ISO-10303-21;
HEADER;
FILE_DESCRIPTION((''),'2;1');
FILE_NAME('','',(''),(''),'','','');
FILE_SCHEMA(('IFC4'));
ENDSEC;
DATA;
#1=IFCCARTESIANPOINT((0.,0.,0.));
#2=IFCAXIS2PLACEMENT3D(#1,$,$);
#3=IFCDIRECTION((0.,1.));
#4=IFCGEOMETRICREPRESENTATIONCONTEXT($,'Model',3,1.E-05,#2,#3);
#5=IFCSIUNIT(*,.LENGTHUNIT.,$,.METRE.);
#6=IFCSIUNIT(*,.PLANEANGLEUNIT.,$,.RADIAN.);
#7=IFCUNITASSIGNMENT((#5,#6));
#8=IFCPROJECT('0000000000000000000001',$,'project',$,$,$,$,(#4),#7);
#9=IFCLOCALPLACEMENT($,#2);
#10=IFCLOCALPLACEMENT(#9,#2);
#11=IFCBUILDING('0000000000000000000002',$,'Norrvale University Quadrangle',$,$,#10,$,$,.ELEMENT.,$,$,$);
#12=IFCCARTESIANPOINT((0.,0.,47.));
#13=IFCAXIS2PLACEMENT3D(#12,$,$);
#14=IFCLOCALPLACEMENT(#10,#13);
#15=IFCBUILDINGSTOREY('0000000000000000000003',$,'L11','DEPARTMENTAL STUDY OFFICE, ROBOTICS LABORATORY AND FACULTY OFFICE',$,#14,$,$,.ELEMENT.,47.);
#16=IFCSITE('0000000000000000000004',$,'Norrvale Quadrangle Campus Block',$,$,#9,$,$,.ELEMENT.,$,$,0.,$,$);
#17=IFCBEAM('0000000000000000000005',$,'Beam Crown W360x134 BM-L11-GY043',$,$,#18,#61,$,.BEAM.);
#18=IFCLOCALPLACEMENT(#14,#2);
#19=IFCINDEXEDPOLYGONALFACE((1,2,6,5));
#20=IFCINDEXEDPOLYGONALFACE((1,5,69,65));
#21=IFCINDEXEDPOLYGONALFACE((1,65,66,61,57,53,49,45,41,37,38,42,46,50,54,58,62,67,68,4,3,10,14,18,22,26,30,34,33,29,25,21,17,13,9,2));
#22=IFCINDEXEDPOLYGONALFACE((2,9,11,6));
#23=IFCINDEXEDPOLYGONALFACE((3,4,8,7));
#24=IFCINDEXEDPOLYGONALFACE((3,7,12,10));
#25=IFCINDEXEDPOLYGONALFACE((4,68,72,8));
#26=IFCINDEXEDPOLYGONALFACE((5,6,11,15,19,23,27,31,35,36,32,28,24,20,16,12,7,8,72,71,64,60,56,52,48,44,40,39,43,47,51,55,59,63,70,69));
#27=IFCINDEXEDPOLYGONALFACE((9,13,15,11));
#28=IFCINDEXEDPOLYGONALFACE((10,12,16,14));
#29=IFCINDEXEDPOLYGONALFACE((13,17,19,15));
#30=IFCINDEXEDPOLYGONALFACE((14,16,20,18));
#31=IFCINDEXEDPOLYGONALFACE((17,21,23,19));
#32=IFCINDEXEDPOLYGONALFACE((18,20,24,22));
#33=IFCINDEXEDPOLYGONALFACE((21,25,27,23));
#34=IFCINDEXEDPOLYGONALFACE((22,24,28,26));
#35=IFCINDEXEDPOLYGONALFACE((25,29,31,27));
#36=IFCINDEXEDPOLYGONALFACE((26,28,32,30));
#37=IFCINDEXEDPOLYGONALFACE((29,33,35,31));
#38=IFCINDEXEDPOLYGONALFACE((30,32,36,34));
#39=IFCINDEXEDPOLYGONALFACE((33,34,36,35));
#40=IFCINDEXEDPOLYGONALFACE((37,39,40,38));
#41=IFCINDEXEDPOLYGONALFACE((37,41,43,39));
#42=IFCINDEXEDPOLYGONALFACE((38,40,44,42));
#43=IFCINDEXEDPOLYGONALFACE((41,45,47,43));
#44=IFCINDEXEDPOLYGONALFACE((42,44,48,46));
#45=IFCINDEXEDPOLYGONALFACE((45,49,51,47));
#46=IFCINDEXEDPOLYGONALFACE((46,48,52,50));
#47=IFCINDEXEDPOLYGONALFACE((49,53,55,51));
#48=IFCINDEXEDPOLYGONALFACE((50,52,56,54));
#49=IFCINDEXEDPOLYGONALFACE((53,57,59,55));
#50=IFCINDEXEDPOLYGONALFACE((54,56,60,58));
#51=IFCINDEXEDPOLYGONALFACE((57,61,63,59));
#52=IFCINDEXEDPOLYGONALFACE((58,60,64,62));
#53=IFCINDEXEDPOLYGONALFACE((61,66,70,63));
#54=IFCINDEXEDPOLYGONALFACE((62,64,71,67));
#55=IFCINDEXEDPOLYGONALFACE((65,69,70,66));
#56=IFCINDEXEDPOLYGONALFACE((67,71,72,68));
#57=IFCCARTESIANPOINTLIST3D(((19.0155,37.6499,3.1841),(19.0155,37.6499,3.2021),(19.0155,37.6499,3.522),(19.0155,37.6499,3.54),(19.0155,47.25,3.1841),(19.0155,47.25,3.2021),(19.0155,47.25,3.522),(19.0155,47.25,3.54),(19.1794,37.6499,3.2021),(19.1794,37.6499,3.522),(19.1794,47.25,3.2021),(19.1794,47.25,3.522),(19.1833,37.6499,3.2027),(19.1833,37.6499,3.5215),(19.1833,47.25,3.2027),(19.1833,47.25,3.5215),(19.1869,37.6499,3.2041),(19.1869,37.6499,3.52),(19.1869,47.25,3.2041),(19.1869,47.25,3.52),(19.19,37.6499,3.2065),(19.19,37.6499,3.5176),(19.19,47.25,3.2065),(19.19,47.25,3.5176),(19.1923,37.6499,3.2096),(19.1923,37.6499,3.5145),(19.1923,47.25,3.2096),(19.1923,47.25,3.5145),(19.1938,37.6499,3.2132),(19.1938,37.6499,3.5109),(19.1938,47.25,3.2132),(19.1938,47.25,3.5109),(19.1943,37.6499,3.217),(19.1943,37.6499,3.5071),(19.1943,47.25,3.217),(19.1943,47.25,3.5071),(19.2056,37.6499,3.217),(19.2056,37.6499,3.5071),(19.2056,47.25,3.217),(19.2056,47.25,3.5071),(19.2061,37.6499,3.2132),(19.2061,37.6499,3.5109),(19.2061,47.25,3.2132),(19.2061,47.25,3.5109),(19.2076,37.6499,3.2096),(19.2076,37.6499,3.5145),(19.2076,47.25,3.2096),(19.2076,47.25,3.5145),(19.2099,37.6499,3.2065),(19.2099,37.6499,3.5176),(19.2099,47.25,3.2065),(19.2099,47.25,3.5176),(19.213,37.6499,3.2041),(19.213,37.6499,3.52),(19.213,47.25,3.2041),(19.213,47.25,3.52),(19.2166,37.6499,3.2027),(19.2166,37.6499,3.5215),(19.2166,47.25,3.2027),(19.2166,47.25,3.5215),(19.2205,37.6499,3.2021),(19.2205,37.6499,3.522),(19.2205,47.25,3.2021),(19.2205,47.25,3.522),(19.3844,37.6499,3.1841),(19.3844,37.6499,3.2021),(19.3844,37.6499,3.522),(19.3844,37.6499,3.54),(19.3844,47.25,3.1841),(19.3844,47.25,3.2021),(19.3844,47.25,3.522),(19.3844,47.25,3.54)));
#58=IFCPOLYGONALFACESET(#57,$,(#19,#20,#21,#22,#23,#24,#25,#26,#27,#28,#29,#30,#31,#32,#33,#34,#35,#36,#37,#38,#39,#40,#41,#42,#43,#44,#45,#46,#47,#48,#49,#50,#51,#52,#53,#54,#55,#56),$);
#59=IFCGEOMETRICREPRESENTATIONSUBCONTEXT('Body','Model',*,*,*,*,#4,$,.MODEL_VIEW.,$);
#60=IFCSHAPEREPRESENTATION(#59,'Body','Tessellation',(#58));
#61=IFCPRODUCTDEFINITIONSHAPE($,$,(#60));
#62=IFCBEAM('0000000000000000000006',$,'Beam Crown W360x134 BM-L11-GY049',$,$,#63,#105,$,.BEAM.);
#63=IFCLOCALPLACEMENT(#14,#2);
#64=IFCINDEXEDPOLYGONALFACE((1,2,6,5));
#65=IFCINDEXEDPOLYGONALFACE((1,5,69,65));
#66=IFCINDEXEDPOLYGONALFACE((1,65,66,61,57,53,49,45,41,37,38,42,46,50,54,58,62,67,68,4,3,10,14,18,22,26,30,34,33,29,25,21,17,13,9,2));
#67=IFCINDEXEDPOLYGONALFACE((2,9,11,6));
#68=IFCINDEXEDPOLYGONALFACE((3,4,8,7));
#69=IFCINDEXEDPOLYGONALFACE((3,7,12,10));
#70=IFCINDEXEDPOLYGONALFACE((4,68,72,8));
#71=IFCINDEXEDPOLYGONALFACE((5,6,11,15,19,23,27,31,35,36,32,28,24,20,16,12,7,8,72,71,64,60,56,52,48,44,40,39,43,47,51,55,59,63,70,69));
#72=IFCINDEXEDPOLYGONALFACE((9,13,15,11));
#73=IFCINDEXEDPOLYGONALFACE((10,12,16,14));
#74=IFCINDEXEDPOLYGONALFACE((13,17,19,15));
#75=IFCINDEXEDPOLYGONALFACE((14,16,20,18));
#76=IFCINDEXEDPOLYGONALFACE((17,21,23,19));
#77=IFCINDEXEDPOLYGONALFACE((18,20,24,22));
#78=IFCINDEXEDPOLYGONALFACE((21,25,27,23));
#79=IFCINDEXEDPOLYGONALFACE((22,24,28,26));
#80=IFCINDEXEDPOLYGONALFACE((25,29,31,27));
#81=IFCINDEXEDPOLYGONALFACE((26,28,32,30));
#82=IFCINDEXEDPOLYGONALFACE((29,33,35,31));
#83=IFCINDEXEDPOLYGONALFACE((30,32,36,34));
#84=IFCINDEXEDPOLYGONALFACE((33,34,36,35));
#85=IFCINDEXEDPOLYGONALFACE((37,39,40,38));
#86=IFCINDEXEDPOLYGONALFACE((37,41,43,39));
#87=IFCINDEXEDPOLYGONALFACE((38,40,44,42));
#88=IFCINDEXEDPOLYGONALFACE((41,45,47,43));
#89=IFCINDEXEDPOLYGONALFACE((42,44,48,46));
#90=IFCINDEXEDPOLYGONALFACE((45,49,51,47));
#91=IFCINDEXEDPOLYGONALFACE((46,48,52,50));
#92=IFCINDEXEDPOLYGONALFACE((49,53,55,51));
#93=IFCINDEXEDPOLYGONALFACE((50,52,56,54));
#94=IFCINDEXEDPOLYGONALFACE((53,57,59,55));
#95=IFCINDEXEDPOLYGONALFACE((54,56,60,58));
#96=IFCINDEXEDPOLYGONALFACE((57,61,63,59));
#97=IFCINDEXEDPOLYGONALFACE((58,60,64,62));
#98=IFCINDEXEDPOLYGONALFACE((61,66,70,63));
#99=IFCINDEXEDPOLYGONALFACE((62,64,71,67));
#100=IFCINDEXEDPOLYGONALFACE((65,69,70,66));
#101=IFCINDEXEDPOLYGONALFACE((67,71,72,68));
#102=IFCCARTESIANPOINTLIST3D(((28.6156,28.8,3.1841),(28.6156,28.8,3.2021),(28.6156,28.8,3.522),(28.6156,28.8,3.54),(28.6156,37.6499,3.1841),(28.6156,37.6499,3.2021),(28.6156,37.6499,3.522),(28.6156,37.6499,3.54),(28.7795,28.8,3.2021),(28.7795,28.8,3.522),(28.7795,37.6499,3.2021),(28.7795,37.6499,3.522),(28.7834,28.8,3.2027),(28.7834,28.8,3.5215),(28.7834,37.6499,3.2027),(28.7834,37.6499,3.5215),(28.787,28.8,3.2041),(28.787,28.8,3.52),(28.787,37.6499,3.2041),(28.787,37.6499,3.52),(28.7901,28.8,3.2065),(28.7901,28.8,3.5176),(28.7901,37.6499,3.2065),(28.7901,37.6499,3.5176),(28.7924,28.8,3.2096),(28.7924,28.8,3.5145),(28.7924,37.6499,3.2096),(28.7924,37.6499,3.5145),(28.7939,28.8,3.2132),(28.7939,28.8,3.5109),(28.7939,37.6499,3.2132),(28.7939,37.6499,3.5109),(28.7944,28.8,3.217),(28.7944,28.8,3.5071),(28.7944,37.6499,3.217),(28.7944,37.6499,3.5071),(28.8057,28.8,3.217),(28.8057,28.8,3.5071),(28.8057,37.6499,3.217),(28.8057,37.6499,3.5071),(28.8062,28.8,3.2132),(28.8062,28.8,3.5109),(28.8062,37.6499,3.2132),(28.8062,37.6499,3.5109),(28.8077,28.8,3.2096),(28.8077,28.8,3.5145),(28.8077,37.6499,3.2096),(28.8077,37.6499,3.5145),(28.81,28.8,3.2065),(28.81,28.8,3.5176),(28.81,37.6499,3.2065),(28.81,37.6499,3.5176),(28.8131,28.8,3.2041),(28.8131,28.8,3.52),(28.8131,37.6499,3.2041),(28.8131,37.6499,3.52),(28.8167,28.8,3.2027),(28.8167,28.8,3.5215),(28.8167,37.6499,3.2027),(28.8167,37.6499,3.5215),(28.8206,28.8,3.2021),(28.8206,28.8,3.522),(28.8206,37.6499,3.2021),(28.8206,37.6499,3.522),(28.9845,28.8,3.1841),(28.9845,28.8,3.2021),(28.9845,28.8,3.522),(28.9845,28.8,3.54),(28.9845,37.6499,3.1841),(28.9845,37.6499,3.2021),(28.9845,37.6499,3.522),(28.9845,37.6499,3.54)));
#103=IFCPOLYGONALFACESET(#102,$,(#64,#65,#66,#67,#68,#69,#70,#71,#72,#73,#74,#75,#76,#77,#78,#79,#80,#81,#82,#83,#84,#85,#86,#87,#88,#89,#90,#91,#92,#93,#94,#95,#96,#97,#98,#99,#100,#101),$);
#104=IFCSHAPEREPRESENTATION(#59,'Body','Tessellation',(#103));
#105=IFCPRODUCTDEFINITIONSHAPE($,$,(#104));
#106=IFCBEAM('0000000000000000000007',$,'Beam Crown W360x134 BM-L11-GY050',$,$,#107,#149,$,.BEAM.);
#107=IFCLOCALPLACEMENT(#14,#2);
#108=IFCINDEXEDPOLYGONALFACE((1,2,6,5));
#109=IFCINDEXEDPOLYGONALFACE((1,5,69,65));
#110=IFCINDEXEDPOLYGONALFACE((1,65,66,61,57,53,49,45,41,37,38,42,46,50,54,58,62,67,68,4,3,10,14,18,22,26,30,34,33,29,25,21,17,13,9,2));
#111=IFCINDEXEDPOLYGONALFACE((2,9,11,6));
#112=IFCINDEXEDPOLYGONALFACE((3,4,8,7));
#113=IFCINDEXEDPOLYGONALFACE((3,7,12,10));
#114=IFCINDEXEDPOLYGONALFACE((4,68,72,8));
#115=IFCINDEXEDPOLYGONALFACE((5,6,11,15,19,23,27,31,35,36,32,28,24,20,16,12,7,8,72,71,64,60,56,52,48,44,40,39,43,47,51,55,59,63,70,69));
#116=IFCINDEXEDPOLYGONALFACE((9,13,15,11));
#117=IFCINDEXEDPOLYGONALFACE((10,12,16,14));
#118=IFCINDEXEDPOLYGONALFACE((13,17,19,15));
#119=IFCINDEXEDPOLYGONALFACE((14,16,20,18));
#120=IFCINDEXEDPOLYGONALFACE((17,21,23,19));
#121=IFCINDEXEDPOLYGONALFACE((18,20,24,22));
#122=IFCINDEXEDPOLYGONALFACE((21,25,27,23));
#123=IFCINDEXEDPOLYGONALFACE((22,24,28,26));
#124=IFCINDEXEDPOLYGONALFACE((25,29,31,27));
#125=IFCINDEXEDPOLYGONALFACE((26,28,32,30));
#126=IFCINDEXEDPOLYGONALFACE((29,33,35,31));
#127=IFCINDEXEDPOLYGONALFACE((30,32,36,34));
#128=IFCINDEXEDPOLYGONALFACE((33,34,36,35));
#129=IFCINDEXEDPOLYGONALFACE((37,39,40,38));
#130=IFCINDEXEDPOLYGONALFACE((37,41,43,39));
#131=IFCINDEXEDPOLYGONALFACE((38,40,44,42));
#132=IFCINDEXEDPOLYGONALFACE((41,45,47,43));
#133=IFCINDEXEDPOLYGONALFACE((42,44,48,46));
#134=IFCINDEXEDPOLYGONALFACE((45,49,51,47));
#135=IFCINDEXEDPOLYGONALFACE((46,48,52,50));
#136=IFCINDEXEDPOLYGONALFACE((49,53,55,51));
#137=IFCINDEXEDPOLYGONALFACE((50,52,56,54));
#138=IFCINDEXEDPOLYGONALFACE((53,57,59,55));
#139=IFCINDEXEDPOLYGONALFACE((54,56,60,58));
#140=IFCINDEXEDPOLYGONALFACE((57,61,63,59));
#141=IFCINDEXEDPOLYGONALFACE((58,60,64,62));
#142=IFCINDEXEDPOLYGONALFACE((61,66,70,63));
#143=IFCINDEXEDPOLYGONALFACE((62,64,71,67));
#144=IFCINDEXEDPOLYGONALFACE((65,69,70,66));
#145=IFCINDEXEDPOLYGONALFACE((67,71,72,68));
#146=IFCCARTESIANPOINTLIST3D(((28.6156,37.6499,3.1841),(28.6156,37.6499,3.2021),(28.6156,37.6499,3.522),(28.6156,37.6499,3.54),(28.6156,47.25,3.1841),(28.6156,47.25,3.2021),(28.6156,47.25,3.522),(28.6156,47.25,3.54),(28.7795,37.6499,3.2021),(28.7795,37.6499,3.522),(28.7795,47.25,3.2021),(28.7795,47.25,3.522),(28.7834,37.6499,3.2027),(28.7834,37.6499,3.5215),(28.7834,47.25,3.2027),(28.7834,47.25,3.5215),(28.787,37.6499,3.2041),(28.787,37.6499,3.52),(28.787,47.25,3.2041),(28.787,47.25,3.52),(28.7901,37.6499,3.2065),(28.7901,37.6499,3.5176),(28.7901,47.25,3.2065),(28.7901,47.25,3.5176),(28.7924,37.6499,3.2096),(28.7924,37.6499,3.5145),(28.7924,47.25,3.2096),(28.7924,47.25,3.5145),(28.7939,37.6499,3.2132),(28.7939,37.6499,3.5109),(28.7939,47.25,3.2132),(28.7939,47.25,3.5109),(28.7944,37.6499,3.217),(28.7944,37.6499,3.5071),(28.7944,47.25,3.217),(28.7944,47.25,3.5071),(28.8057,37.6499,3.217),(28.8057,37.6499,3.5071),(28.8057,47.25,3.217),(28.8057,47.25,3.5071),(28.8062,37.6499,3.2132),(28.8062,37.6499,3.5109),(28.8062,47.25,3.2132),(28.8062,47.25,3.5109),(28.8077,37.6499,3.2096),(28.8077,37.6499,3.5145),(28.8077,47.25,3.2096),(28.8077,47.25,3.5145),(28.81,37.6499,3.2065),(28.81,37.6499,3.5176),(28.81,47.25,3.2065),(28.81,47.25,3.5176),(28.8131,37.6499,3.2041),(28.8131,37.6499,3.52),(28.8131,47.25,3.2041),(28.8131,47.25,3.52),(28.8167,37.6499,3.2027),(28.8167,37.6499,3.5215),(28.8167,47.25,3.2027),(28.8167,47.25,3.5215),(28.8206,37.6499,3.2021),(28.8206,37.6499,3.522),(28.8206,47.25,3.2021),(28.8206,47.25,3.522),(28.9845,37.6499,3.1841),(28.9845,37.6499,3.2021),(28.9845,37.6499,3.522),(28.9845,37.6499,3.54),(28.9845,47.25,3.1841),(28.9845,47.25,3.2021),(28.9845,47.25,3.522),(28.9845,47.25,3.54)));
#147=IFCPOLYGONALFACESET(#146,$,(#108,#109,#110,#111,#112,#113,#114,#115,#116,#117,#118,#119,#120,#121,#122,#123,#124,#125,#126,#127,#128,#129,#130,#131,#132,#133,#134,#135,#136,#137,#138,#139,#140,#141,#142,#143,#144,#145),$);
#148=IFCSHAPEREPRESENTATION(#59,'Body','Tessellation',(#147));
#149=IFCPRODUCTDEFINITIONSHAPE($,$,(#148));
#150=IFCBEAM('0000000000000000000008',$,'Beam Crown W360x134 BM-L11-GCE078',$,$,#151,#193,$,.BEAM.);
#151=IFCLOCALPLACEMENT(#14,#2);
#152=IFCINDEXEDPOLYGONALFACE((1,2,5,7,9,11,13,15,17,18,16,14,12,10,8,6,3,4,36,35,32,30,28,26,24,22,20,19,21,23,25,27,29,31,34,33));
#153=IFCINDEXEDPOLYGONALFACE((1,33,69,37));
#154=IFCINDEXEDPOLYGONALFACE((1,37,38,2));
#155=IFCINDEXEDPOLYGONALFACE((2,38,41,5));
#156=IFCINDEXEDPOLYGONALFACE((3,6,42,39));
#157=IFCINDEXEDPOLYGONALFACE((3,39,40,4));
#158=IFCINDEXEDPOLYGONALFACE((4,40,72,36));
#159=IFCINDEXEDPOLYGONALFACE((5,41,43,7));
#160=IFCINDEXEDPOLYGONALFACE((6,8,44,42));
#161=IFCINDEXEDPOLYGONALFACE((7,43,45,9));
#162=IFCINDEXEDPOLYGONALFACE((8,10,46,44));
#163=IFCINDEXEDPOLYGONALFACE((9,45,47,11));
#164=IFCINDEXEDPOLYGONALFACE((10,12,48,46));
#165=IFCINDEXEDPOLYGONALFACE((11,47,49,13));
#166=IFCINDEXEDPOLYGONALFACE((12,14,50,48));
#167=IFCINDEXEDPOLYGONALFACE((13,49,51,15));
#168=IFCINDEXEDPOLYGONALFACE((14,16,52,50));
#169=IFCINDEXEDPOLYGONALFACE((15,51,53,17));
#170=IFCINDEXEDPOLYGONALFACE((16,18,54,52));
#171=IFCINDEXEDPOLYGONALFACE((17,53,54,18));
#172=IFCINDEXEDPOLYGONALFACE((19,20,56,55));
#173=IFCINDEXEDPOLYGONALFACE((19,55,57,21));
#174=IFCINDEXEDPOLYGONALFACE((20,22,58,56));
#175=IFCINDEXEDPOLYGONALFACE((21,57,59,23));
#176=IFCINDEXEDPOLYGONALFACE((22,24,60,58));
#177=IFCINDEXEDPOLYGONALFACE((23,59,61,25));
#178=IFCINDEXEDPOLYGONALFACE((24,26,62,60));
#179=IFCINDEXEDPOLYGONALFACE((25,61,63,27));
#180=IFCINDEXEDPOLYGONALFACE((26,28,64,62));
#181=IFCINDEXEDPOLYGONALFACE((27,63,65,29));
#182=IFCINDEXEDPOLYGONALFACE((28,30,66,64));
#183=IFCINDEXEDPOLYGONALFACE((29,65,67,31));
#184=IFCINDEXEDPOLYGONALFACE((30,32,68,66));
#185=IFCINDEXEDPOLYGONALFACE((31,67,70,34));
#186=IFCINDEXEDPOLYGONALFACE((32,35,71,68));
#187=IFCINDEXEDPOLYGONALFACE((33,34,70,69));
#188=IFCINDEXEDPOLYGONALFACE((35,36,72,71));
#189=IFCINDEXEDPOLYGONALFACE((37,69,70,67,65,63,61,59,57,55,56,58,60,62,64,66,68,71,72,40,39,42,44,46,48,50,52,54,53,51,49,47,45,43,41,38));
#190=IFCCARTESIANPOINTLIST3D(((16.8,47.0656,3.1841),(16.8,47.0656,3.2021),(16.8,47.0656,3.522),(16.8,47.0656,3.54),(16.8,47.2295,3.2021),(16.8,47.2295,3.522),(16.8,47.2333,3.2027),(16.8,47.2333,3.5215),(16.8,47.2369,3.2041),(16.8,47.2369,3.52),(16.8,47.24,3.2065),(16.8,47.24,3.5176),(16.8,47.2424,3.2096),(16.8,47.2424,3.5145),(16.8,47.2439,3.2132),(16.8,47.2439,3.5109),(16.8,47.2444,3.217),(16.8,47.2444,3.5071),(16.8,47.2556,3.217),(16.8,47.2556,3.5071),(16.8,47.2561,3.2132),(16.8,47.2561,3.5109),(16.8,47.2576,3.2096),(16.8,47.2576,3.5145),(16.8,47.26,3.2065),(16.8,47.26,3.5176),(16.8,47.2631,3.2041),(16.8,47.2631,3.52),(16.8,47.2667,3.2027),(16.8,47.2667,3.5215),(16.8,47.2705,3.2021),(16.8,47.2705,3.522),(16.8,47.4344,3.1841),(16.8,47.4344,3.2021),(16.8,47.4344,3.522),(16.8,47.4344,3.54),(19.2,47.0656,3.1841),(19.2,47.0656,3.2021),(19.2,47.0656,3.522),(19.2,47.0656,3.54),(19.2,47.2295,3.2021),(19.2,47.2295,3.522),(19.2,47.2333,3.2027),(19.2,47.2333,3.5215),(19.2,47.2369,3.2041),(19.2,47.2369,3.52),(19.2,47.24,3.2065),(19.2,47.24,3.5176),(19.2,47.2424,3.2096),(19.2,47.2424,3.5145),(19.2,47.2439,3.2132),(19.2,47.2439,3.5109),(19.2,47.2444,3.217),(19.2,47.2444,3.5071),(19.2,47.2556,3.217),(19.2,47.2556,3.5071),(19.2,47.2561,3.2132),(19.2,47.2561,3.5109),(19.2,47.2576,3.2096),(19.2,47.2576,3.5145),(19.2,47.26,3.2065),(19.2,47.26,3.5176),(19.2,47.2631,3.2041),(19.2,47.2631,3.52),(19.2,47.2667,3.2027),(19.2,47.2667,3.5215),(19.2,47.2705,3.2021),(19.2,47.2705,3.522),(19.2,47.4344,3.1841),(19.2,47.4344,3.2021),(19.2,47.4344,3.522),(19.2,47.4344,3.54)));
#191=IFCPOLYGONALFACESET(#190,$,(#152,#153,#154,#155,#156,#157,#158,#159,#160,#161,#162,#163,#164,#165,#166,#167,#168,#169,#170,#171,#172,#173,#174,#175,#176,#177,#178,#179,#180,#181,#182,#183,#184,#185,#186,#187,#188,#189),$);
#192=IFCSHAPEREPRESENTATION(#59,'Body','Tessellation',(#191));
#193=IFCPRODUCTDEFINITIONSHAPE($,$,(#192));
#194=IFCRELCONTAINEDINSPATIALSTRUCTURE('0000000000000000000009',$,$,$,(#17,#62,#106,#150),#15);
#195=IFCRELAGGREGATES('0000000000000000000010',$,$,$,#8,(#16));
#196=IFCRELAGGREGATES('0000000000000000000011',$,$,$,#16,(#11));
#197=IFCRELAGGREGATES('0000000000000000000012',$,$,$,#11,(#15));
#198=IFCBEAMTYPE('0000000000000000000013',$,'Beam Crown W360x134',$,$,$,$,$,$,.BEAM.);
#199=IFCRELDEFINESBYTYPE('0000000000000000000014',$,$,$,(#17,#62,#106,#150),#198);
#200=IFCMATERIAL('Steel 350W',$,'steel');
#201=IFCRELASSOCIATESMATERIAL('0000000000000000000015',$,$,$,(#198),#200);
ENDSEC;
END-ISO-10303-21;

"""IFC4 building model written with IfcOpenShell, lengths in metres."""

from ifc_helpers import new_model, si_unit, direction, frame, origin, origin_2d, place, context, subcontext, project, spatial, i_section, extrude, material, material_profile, profile_set, type_object, element, save


model = new_model("IFC4")

# Units and contexts
model_context = context("Model", 3, precision=1e-05, world=origin(), true_north=direction((0.0, 1.0)))
body_context = subcontext(model_context, "Body", "Model", "MODEL_VIEW")
ifc_project = project(units=[si_unit("LENGTHUNIT", "METRE"), si_unit("PLANEANGLEUNIT", "RADIAN")], contexts=[model_context])

# Site, building, storey
site_placement = place(None, origin())
site = spatial("IfcSite", under=ifc_project, at=site_placement, Name="Norrvale Quadrangle Campus Block", CompositionType="ELEMENT", RefElevation=0.0)
building_placement = place(site_placement, origin())
building = spatial("IfcBuilding", under=site, at=building_placement, Name="Norrvale University Quadrangle", CompositionType="ELEMENT")
storey_placement = place(building_placement, frame((0.0, 0.0, 47.0)))
storey = spatial("IfcBuildingStorey", under=building, at=storey_placement, Name="L11", Description="DEPARTMENTAL STUDY OFFICE, ROBOTICS LABORATORY AND FACULTY OFFICE", CompositionType="ELEMENT", Elevation=47.0)

# Beams
ifc_material_1 = material(Name="Steel 350W", Category="steel")
ifc_material_profile_1 = material_profile(ifc_material_1, i_section(OverallWidth=0.3689, OverallDepth=0.356, WebThickness=0.0112, FlangeThickness=0.0181, FilletRadius=0.0149, at=origin_2d()), Name="Steel 350W")
ifc_profile_set_1 = profile_set([ifc_material_profile_1], Name="Steel 350W")
beam_type_1 = type_object("IfcBeamType", Name="Beam Crown W360x134", PredefinedType="BEAM", material=ifc_profile_set_1)
beam_1_placement = place(storey_placement, frame((19.2, 37.6499, 3.3621), z_axis=(0.0, 1.0, 0.0), x_axis=(-1.0, 0.0, 0.0)))
element("IfcBeam", 1, at=beam_1_placement, inside=storey, type_object=beam_type_1, Name="Beam Crown W360x134 BM-L11-GY043", PredefinedType="BEAM", context=body_context, shape_type="SweptSolid", body=[
    extrude(i_section(OverallWidth=0.3689, OverallDepth=0.356, WebThickness=0.0112, FlangeThickness=0.0181, FilletRadius=0.0149, at=origin_2d()), origin(), (0.0, 0.0, 1.0), 9.6001),
])
beam_2_placement = place(storey_placement, frame((28.8, 28.8, 3.3621), z_axis=(0.0, 1.0, 0.0), x_axis=(-1.0, 0.0, 0.0)))
element("IfcBeam", 2, at=beam_2_placement, inside=storey, type_object=beam_type_1, Name="Beam Crown W360x134 BM-L11-GY049", PredefinedType="BEAM", context=body_context, shape_type="SweptSolid", body=[
    extrude(i_section(OverallWidth=0.3689, OverallDepth=0.356, WebThickness=0.0112, FlangeThickness=0.0181, FilletRadius=0.0149, at=origin_2d()), origin(), (0.0, 0.0, 1.0), 8.8499),
])
beam_3_placement = place(storey_placement, frame((28.8, 37.6499, 3.3621), z_axis=(0.0, 1.0, 0.0), x_axis=(-1.0, 0.0, 0.0)))
element("IfcBeam", 3, at=beam_3_placement, inside=storey, type_object=beam_type_1, Name="Beam Crown W360x134 BM-L11-GY050", PredefinedType="BEAM", context=body_context, shape_type="SweptSolid", body=[
    extrude(i_section(OverallWidth=0.3689, OverallDepth=0.356, WebThickness=0.0112, FlangeThickness=0.0181, FilletRadius=0.0149, at=origin_2d()), origin(), (0.0, 0.0, 1.0), 9.6001),
])
beam_4_placement = place(storey_placement, frame((16.8, 47.25, 3.3621), z_axis=(1.0, 0.0, 0.0), x_axis=(0.0, 1.0, 0.0)))
element("IfcBeam", 4, at=beam_4_placement, inside=storey, type_object=beam_type_1, Name="Beam Crown W360x134 BM-L11-GCE078", PredefinedType="BEAM", context=body_context, shape_type="SweptSolid", body=[
    extrude(i_section(OverallWidth=0.3689, OverallDepth=0.356, WebThickness=0.0112, FlangeThickness=0.0181, FilletRadius=0.0149, at=origin_2d()), origin(), (0.0, 0.0, 1.0), 2.3999),
])

save(model, "model.ifc")
